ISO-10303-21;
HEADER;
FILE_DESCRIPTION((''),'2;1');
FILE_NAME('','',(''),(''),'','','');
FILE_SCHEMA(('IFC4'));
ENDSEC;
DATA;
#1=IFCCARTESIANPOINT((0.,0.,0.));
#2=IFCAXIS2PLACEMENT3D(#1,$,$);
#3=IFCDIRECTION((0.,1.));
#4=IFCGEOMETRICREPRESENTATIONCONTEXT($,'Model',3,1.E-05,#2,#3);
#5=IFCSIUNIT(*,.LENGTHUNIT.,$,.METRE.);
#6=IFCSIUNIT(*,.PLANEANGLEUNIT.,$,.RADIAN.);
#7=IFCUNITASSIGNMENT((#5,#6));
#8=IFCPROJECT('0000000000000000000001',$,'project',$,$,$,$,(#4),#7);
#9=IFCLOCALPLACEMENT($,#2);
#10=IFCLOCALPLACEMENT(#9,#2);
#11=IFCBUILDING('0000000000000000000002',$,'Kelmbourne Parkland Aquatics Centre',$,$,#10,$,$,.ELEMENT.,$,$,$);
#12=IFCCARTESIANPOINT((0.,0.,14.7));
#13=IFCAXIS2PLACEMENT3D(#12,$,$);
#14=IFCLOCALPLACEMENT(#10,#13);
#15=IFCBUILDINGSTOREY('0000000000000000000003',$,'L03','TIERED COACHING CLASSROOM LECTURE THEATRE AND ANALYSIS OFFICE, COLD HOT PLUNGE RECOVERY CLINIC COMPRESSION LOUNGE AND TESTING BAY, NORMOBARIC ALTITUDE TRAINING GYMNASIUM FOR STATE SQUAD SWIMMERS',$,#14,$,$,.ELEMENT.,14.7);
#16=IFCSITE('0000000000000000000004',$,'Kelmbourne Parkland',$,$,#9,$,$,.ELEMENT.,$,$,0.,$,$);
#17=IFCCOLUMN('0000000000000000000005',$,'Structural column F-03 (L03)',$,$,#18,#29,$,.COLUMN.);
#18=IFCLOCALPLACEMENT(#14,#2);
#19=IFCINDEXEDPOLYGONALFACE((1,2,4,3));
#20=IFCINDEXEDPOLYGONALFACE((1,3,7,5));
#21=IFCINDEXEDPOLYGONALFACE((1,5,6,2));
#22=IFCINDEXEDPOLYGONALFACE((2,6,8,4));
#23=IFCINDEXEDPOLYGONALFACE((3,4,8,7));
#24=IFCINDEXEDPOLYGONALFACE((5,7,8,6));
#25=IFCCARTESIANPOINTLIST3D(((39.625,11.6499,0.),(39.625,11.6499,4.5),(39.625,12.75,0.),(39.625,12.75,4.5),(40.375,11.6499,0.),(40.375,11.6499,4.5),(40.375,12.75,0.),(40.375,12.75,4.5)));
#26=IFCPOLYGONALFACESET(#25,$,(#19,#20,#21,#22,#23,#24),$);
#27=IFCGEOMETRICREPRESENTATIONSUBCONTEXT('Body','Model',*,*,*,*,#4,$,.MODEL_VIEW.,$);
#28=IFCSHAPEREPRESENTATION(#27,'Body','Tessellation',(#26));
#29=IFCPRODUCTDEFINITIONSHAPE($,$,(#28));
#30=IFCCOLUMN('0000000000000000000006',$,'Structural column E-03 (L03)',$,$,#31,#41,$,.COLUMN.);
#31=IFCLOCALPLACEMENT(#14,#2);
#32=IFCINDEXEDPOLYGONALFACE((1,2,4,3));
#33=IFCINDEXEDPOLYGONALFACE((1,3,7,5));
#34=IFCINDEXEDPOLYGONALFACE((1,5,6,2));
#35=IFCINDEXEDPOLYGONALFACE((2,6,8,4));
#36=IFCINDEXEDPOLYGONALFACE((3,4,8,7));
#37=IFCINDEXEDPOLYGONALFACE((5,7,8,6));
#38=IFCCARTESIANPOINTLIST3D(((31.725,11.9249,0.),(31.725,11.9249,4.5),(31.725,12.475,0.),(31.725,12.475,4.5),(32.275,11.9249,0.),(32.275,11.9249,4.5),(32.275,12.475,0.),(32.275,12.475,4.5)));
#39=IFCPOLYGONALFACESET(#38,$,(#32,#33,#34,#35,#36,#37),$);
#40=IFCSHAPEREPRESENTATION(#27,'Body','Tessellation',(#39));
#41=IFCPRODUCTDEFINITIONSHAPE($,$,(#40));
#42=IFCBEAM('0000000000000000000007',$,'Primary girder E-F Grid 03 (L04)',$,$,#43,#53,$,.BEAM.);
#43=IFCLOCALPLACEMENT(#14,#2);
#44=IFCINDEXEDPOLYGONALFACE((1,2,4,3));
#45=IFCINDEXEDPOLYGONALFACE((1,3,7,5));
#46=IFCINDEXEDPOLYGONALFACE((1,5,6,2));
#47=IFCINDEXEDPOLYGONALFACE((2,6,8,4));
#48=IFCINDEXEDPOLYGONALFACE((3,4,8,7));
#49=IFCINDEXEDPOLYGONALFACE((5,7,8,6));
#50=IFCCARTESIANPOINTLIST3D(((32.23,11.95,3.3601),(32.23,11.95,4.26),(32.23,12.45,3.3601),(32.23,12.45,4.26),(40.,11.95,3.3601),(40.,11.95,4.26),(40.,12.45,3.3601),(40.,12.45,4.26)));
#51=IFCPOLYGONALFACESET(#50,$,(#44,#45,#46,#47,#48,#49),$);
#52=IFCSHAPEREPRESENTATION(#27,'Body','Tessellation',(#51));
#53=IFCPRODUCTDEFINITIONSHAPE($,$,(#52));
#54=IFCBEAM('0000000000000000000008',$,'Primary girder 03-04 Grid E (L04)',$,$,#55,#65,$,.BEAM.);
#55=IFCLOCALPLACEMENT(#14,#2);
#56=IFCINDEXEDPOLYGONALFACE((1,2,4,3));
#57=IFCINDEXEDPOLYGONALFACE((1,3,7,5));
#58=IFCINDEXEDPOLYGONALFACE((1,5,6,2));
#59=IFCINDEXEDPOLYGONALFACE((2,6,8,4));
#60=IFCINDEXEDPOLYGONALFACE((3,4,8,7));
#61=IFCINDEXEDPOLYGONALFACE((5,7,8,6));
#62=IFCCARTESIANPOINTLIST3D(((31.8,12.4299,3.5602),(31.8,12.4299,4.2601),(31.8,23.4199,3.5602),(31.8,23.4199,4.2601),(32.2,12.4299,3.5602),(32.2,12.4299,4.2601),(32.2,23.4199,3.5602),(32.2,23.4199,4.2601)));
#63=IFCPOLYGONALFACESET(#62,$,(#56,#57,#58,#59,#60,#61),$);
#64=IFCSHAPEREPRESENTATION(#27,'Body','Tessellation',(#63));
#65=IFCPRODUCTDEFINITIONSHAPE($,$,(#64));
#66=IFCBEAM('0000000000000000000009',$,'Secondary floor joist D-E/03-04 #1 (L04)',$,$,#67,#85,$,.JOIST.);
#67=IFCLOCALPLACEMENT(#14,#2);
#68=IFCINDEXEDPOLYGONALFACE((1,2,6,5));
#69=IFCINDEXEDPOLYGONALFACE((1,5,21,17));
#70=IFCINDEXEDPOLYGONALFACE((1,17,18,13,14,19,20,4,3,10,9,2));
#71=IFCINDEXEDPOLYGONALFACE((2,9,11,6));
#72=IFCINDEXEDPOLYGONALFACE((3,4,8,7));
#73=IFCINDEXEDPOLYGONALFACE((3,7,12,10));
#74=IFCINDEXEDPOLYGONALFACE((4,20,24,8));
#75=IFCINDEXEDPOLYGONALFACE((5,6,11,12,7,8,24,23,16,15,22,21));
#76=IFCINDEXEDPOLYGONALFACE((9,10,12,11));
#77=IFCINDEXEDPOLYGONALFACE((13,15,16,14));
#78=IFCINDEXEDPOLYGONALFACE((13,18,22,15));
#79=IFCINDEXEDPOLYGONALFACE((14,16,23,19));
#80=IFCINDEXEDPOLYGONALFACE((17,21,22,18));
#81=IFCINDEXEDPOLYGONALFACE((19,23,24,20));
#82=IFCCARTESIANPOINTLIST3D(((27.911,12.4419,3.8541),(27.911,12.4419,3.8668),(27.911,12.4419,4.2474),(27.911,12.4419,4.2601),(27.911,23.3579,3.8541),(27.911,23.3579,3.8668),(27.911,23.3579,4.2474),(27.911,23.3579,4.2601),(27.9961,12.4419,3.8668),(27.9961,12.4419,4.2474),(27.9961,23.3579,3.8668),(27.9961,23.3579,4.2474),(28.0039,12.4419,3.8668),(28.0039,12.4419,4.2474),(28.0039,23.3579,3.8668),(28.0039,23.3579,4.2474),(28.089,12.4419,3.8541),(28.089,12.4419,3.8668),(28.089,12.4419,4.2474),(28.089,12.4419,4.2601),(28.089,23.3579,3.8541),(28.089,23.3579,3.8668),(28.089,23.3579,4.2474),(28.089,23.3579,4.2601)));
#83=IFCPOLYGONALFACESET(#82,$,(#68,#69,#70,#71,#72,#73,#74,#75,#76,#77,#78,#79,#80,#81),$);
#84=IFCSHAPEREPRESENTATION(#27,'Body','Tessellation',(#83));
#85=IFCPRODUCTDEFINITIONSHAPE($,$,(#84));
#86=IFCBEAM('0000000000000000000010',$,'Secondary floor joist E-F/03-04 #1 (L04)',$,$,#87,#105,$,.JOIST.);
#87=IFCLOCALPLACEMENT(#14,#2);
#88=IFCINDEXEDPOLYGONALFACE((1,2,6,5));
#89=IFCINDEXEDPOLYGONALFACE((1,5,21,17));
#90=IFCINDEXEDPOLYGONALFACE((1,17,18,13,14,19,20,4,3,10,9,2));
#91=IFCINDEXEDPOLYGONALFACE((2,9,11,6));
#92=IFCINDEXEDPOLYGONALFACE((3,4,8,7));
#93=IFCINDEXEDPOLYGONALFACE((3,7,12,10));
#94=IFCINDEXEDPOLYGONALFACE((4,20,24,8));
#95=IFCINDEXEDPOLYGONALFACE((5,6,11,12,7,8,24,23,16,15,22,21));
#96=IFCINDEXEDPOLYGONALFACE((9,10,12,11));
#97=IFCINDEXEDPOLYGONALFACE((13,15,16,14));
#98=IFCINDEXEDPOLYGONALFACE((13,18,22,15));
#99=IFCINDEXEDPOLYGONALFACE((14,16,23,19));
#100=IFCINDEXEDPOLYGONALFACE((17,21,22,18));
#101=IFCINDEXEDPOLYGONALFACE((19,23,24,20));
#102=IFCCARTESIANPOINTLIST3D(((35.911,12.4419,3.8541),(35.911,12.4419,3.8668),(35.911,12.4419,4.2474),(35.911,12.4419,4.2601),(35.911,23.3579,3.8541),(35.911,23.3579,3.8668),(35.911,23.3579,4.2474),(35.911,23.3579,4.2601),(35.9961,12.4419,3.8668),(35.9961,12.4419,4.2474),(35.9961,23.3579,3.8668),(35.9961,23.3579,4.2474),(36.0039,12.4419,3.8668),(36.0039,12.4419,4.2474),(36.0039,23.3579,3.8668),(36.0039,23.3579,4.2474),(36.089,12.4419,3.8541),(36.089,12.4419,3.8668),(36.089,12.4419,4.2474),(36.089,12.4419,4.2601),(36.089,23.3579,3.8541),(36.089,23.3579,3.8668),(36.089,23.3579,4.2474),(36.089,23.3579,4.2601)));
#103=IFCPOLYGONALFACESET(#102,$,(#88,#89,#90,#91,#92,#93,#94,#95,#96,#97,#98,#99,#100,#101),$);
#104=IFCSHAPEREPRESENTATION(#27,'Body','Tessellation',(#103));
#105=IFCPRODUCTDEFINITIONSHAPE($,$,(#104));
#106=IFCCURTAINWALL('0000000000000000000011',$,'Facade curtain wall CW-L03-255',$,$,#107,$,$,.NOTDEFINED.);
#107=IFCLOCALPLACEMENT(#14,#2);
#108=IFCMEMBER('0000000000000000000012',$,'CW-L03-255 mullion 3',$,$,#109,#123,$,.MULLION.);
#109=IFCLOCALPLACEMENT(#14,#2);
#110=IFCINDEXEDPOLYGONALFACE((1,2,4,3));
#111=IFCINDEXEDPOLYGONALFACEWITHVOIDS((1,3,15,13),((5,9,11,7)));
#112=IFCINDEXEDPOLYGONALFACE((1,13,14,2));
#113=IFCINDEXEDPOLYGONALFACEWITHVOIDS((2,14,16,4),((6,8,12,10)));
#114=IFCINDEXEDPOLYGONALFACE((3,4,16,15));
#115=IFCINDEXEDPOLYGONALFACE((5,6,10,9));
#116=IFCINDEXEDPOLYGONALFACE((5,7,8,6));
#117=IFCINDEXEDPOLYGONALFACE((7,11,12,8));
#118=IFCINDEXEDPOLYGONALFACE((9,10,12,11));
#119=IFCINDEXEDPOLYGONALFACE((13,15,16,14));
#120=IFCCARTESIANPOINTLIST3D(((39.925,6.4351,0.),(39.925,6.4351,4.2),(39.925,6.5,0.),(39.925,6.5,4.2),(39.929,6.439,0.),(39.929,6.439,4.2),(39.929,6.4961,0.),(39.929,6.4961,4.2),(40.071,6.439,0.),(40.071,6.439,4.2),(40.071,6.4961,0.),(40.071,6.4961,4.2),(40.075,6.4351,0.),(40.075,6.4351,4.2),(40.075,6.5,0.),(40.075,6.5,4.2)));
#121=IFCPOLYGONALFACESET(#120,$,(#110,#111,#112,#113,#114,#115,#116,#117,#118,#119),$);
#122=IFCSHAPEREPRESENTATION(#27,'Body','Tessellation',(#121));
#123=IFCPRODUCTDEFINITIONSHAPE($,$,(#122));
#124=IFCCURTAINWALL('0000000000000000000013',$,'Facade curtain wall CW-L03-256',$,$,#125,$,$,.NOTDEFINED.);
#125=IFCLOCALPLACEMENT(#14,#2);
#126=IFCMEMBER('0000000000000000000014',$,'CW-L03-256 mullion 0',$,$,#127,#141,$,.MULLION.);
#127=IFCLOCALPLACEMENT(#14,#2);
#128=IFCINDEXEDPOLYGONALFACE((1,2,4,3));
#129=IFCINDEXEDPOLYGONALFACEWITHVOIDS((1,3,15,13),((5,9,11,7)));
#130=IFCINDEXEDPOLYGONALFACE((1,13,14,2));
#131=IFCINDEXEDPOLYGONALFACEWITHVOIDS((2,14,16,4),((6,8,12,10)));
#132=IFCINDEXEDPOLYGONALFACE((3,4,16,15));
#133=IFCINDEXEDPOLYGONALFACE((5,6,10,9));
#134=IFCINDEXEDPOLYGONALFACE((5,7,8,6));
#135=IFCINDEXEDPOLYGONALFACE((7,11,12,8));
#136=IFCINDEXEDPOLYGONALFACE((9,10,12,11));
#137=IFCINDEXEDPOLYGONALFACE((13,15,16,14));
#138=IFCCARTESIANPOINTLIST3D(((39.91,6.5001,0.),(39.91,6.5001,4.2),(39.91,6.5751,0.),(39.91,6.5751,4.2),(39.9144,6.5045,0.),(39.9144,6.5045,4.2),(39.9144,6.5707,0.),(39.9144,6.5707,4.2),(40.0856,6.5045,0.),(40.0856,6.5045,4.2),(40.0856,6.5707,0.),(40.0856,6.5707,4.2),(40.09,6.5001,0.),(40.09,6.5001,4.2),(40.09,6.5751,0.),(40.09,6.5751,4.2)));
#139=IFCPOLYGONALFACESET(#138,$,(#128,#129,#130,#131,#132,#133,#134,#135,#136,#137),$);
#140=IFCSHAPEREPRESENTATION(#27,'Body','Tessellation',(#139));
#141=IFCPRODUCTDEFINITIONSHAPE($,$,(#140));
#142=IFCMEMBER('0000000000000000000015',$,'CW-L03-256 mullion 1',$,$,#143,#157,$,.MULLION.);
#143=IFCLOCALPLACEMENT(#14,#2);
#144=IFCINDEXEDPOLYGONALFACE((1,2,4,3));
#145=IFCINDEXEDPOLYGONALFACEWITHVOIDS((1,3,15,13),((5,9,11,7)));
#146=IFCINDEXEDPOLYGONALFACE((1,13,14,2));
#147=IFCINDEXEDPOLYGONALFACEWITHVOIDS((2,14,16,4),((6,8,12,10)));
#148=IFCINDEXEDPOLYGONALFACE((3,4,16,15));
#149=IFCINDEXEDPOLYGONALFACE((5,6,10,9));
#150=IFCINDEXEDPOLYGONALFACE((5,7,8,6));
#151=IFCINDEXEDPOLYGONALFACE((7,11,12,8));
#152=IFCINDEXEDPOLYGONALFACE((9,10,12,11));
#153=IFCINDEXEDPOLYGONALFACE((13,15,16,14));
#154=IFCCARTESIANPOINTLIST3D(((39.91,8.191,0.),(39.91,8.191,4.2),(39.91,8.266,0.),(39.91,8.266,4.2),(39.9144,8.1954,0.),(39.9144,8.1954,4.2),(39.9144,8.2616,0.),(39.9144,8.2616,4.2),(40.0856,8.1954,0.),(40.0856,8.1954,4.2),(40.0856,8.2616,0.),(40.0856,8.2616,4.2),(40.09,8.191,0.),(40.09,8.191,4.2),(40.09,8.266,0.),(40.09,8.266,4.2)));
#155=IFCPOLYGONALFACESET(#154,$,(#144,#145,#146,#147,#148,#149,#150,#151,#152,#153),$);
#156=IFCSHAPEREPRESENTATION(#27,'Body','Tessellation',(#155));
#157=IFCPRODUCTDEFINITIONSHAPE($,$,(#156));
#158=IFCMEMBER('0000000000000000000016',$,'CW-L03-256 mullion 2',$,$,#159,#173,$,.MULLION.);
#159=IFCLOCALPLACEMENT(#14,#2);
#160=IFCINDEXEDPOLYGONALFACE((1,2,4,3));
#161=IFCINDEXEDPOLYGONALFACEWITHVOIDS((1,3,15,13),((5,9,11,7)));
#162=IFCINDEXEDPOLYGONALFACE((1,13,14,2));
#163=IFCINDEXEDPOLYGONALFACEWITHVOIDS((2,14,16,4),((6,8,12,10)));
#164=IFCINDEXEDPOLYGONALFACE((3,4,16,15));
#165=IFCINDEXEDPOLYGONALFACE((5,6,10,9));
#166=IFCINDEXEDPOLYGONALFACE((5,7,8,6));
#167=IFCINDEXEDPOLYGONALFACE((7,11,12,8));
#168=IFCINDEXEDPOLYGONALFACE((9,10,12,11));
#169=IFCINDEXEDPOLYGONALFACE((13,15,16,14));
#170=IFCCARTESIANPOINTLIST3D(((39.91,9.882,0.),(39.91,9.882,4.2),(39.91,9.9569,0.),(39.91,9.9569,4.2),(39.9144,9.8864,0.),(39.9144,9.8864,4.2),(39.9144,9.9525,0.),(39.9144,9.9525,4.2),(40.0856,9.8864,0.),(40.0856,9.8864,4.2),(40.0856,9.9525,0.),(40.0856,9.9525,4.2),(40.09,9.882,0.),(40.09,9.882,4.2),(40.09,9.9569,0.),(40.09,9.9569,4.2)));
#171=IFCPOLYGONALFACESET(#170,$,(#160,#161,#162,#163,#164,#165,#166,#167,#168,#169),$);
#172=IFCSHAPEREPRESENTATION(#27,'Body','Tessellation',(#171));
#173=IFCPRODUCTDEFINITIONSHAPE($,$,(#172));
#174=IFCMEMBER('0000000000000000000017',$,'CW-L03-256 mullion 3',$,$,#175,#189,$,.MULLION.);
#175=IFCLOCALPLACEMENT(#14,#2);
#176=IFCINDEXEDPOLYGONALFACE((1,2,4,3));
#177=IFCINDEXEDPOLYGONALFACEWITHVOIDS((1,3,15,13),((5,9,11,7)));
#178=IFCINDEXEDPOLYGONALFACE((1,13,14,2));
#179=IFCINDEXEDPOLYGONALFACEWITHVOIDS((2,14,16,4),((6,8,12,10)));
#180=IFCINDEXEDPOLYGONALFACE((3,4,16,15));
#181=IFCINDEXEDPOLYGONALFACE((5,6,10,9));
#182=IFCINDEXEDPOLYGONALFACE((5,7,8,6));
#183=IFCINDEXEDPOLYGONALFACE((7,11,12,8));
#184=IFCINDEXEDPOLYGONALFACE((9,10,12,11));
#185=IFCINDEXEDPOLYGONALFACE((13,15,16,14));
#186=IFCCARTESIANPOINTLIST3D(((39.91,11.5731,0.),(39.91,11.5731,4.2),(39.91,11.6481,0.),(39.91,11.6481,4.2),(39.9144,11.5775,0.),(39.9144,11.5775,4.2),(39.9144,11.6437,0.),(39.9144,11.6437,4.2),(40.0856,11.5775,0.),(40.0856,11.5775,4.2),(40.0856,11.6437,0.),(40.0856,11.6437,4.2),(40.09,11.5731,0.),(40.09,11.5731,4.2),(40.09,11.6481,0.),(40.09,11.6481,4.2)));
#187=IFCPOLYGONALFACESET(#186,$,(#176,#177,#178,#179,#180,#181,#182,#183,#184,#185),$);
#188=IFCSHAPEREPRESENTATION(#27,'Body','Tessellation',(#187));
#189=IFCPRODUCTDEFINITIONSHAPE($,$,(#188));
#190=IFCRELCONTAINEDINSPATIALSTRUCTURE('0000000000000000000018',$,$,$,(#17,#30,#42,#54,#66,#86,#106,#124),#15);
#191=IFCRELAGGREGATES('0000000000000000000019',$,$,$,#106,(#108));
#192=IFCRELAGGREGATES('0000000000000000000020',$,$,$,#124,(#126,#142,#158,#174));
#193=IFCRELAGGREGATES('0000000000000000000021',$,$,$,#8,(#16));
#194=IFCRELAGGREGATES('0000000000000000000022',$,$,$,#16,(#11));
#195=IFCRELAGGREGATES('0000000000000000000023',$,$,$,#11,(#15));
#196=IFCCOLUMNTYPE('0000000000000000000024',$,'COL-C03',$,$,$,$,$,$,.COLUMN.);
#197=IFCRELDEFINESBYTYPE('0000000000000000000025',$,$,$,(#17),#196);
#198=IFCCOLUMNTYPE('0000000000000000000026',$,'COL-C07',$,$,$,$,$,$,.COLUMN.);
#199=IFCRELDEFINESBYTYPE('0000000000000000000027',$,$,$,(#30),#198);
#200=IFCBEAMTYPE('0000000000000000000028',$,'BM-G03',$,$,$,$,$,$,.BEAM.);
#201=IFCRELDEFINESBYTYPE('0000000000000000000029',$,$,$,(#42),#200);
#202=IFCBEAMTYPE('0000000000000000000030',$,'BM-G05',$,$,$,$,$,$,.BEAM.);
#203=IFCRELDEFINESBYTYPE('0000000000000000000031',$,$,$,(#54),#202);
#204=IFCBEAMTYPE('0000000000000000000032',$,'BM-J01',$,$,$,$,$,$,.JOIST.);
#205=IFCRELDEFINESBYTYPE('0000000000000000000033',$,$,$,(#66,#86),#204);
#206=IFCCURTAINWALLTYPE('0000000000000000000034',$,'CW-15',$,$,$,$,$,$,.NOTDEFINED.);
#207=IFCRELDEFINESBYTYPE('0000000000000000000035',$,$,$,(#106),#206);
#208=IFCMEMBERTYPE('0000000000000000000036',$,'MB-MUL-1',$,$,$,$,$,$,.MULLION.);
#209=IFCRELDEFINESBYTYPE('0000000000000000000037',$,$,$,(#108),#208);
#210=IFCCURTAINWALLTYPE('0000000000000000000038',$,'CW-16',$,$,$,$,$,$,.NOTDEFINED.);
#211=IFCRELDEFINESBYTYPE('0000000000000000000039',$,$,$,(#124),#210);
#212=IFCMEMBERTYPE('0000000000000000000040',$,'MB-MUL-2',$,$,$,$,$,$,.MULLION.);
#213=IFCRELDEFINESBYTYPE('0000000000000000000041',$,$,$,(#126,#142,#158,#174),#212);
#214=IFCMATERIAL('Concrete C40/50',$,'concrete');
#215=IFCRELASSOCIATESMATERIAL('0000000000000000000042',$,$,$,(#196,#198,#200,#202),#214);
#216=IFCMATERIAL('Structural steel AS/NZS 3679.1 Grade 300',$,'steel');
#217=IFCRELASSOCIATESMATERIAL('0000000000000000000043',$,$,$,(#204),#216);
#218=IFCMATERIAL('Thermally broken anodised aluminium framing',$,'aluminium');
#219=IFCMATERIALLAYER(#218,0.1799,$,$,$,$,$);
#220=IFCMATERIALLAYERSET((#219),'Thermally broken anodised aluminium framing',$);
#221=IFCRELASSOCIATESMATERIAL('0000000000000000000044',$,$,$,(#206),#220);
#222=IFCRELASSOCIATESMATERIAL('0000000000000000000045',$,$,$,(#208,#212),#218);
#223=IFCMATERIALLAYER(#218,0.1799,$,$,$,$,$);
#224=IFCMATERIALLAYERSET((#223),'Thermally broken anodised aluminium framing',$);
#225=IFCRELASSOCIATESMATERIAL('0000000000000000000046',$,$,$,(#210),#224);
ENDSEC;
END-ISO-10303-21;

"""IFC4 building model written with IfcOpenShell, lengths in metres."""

from ifc_helpers import new_model, si_unit, direction, frame, origin, origin_2d, place, context, subcontext, project, spatial, rectangle, hollow_rectangle, i_section, extrude, material, layer, layer_set, material_profile, profile_set, type_object, element, aggregate, save


model = new_model("IFC4")

# Units and contexts
model_context = context("Model", 3, precision=1e-05, world=origin(), true_north=direction((0.0, 1.0)))
body_context = subcontext(model_context, "Body", "Model", "MODEL_VIEW")
ifc_project = project(units=[si_unit("LENGTHUNIT", "METRE"), si_unit("PLANEANGLEUNIT", "RADIAN")], contexts=[model_context])

# Site, building, storey
site_placement = place(None, origin())
site = spatial("IfcSite", under=ifc_project, at=site_placement, Name="Kelmbourne Parkland", CompositionType="ELEMENT", RefElevation=0.0)
building_placement = place(site_placement, origin())
building = spatial("IfcBuilding", under=site, at=building_placement, Name="Kelmbourne Parkland Aquatics Centre", CompositionType="ELEMENT")
storey_placement = place(building_placement, frame((0.0, 0.0, 14.7)))
storey = spatial("IfcBuildingStorey", under=building, at=storey_placement, Name="L03", Description="TIERED COACHING CLASSROOM LECTURE THEATRE AND ANALYSIS OFFICE, COLD HOT PLUNGE RECOVERY CLINIC COMPRESSION LOUNGE AND TESTING BAY, NORMOBARIC ALTITUDE TRAINING GYMNASIUM FOR STATE SQUAD SWIMMERS", CompositionType="ELEMENT", Elevation=14.7)

# Columns
ifc_material_1 = material(Name="Concrete C40/50", Category="concrete")
ifc_material_profile_1 = material_profile(ifc_material_1, rectangle(XDim=0.75, YDim=1.1001, at=origin_2d()), Name="RC 750x1100")
ifc_profile_set_1 = profile_set([ifc_material_profile_1], Name="Concrete C40/50")
column_type_1 = type_object("IfcColumnType", Name="COL-C03", PredefinedType="COLUMN", material=ifc_profile_set_1)
column_1_placement = place(storey_placement, frame((40.0, 12.2, 0.0), z_axis=(0.0, 0.0, 1.0), x_axis=(1.0, 0.0, 0.0)))
element("IfcColumn", 1, at=column_1_placement, inside=storey, type_object=column_type_1, Name="Structural column F-03 (L03)", PredefinedType="COLUMN", context=body_context, shape_type="SweptSolid", body=[
    extrude(rectangle(XDim=0.75, YDim=1.1001, at=origin_2d()), origin(), (0.0, 0.0, 1.0), 4.5),
])
ifc_material_profile_2 = material_profile(ifc_material_1, rectangle(XDim=0.55, YDim=0.55, at=origin_2d()), Name="RC 550x550")
ifc_profile_set_2 = profile_set([ifc_material_profile_2], Name="Concrete C40/50")
column_type_2 = type_object("IfcColumnType", Name="COL-C07", PredefinedType="COLUMN", material=ifc_profile_set_2)
column_2_placement = place(storey_placement, frame((32.0, 12.2, 0.0), z_axis=(0.0, 0.0, 1.0), x_axis=(1.0, 0.0, 0.0)))
element("IfcColumn", 2, at=column_2_placement, inside=storey, type_object=column_type_2, Name="Structural column E-03 (L03)", PredefinedType="COLUMN", context=body_context, shape_type="SweptSolid", body=[
    extrude(rectangle(XDim=0.55, YDim=0.55, at=origin_2d()), origin(), (0.0, 0.0, 1.0), 4.5),
])

# Beams
ifc_material_profile_3 = material_profile(ifc_material_1, rectangle(XDim=0.5, YDim=0.8999, at=origin_2d()), Name="RC 500x900")
ifc_profile_set_3 = profile_set([ifc_material_profile_3], Name="Concrete C40/50")
beam_type_1 = type_object("IfcBeamType", Name="BM-G03", PredefinedType="BEAM", material=ifc_profile_set_3)
beam_1_placement = place(storey_placement, frame((32.23, 12.2, 3.8101), z_axis=(1.0, 0.0, 0.0), x_axis=(0.0, 1.0, 0.0)))
element("IfcBeam", 3, at=beam_1_placement, inside=storey, type_object=beam_type_1, Name="Primary girder E-F Grid 03 (L04)", PredefinedType="BEAM", context=body_context, shape_type="SweptSolid", body=[
    extrude(rectangle(XDim=0.5, YDim=0.8999, at=origin_2d()), origin(), (0.0, 0.0, 1.0), 7.77),
])
ifc_material_profile_4 = material_profile(ifc_material_1, rectangle(XDim=0.3999, YDim=0.7, at=origin_2d()), Name="RC 400x700")
ifc_profile_set_4 = profile_set([ifc_material_profile_4], Name="Concrete C40/50")
beam_type_2 = type_object("IfcBeamType", Name="BM-G05", PredefinedType="BEAM", material=ifc_profile_set_4)
beam_2_placement = place(storey_placement, frame((32.0, 12.4299, 3.9102), z_axis=(0.0, 1.0, 0.0), x_axis=(-1.0, 0.0, 0.0)))
element("IfcBeam", 4, at=beam_2_placement, inside=storey, type_object=beam_type_2, Name="Primary girder 03-04 Grid E (L04)", PredefinedType="BEAM", context=body_context, shape_type="SweptSolid", body=[
    extrude(rectangle(XDim=0.3999, YDim=0.7, at=origin_2d()), origin(), (0.0, 0.0, 1.0), 10.99),
])
ifc_material_2 = material(Name="Structural steel AS/NZS 3679.1 Grade 300", Category="steel")
ifc_material_profile_5 = material_profile(ifc_material_2, i_section(OverallWidth=0.178, OverallDepth=0.406, WebThickness=0.0078, FlangeThickness=0.0127, at=origin_2d()), Name="410UB59.7")
ifc_profile_set_5 = profile_set([ifc_material_profile_5], Name="Structural steel AS/NZS 3679.1 Grade 300")
beam_type_3 = type_object("IfcBeamType", Name="BM-J01", PredefinedType="JOIST", material=ifc_profile_set_5)
for number, where, z_axis, x_axis, name in (
    (5, (28.0, 12.4419, 4.0571), (0.0, 1.0, 0.0), (-1.0, 0.0, 0.0), "Secondary floor joist D-E/03-04 #1 (L04)"),
    (6, (36.0, 12.4419, 4.0571), (0.0, 1.0, 0.0), (-1.0, 0.0, 0.0), "Secondary floor joist E-F/03-04 #1 (L04)"),
):
    element("IfcBeam", number, at=place(storey_placement, frame(where, z_axis=z_axis, x_axis=x_axis)), inside=storey, type_object=beam_type_3, Name=name, PredefinedType="JOIST", context=body_context, shape_type="SweptSolid", body=[
        extrude(i_section(OverallWidth=0.178, OverallDepth=0.406, WebThickness=0.0078, FlangeThickness=0.0127, at=origin_2d()), origin(), (0.0, 0.0, 1.0), 10.916),
    ])

# Curtain wall, member
ifc_material_3 = material(Name="Thermally broken anodised aluminium framing", Category="aluminium")
ifc_layer_1 = layer(ifc_material_3, 0.1799)
ifc_layer_set_1 = layer_set([ifc_layer_1], Name="Thermally broken anodised aluminium framing")
curtain_wall_type_1 = type_object("IfcCurtainWallType", Name="CW-15", PredefinedType="NOTDEFINED", material=ifc_layer_set_1)
curtain_wall_1_placement = place(storey_placement, origin())
curtain_wall_1 = element("IfcCurtainWall", 7, at=curtain_wall_1_placement, inside=storey, type_object=curtain_wall_type_1, Name="Facade curtain wall CW-L03-255", PredefinedType="NOTDEFINED")
ifc_material_profile_6 = material_profile(ifc_material_3, hollow_rectangle(XDim=0.0649, YDim=0.1499, WallThickness=0.0039, at=origin_2d()), Name="CW-M 65x150")
ifc_profile_set_6 = profile_set([ifc_material_profile_6], Name="Thermally broken anodised aluminium framing")
member_type_1 = type_object("IfcMemberType", Name="MB-MUL-1", PredefinedType="MULLION", material=ifc_profile_set_6)
member_1_placement = place(storey_placement, frame((40.0, 6.4675, 0.0), z_axis=(0.0, 0.0, 1.0), x_axis=(0.0, 1.0, 0.0)))
member_1 = element("IfcMember", 8, at=member_1_placement, type_object=member_type_1, Name="CW-L03-255 mullion 3", PredefinedType="MULLION", context=body_context, shape_type="SweptSolid", body=[
    extrude(hollow_rectangle(XDim=0.0649, YDim=0.1499, WallThickness=0.0039, at=origin_2d()), origin(), (0.0, 0.0, 1.0), 4.2),
])

# Curtain wall, members
ifc_layer_2 = layer(ifc_material_3, 0.1799)
ifc_layer_set_2 = layer_set([ifc_layer_2], Name="Thermally broken anodised aluminium framing")
curtain_wall_type_2 = type_object("IfcCurtainWallType", Name="CW-16", PredefinedType="NOTDEFINED", material=ifc_layer_set_2)
curtain_wall_2_placement = place(storey_placement, origin())
curtain_wall_2 = element("IfcCurtainWall", 9, at=curtain_wall_2_placement, inside=storey, type_object=curtain_wall_type_2, Name="Facade curtain wall CW-L03-256", PredefinedType="NOTDEFINED")
ifc_material_profile_7 = material_profile(ifc_material_3, hollow_rectangle(XDim=0.075, YDim=0.1799, WallThickness=0.0044, at=origin_2d()), Name="CW-M 75x180")
ifc_profile_set_7 = profile_set([ifc_material_profile_7], Name="Thermally broken anodised aluminium framing")
member_type_2 = type_object("IfcMemberType", Name="MB-MUL-2", PredefinedType="MULLION", material=ifc_profile_set_7)
member_2_placement = place(storey_placement, frame((40.0, 6.5376, 0.0), z_axis=(0.0, 0.0, 1.0), x_axis=(0.0, 1.0, 0.0)))
member_2 = element("IfcMember", 10, at=member_2_placement, type_object=member_type_2, Name="CW-L03-256 mullion 0", PredefinedType="MULLION", context=body_context, shape_type="SweptSolid", body=[
    extrude(hollow_rectangle(XDim=0.075, YDim=0.1799, WallThickness=0.0044, at=origin_2d()), origin(), (0.0, 0.0, 1.0), 4.2),
])
member_3_placement = place(storey_placement, frame((40.0, 8.2285, 0.0), z_axis=(0.0, 0.0, 1.0), x_axis=(0.0, 1.0, 0.0)))
member_3 = element("IfcMember", 11, at=member_3_placement, type_object=member_type_2, Name="CW-L03-256 mullion 1", PredefinedType="MULLION", context=body_context, shape_type="SweptSolid", body=[
    extrude(hollow_rectangle(XDim=0.075, YDim=0.1799, WallThickness=0.0044, at=origin_2d()), origin(), (0.0, 0.0, 1.0), 4.2),
])
member_4_placement = place(storey_placement, frame((40.0, 9.9194, 0.0), z_axis=(0.0, 0.0, 1.0), x_axis=(0.0, 1.0, 0.0)))
member_4 = element("IfcMember", 12, at=member_4_placement, type_object=member_type_2, Name="CW-L03-256 mullion 2", PredefinedType="MULLION", context=body_context, shape_type="SweptSolid", body=[
    extrude(hollow_rectangle(XDim=0.075, YDim=0.1799, WallThickness=0.0044, at=origin_2d()), origin(), (0.0, 0.0, 1.0), 4.2),
])
member_5_placement = place(storey_placement, frame((40.0, 11.6106, 0.0), z_axis=(0.0, 0.0, 1.0), x_axis=(0.0, 1.0, 0.0)))
member_5 = element("IfcMember", 13, at=member_5_placement, type_object=member_type_2, Name="CW-L03-256 mullion 3", PredefinedType="MULLION", context=body_context, shape_type="SweptSolid", body=[
    extrude(hollow_rectangle(XDim=0.075, YDim=0.1799, WallThickness=0.0044, at=origin_2d()), origin(), (0.0, 0.0, 1.0), 4.2),
])

aggregate(curtain_wall_1, [member_1])
aggregate(curtain_wall_2, [member_2, member_3, member_4, member_5])

save(model, "model.ifc")
